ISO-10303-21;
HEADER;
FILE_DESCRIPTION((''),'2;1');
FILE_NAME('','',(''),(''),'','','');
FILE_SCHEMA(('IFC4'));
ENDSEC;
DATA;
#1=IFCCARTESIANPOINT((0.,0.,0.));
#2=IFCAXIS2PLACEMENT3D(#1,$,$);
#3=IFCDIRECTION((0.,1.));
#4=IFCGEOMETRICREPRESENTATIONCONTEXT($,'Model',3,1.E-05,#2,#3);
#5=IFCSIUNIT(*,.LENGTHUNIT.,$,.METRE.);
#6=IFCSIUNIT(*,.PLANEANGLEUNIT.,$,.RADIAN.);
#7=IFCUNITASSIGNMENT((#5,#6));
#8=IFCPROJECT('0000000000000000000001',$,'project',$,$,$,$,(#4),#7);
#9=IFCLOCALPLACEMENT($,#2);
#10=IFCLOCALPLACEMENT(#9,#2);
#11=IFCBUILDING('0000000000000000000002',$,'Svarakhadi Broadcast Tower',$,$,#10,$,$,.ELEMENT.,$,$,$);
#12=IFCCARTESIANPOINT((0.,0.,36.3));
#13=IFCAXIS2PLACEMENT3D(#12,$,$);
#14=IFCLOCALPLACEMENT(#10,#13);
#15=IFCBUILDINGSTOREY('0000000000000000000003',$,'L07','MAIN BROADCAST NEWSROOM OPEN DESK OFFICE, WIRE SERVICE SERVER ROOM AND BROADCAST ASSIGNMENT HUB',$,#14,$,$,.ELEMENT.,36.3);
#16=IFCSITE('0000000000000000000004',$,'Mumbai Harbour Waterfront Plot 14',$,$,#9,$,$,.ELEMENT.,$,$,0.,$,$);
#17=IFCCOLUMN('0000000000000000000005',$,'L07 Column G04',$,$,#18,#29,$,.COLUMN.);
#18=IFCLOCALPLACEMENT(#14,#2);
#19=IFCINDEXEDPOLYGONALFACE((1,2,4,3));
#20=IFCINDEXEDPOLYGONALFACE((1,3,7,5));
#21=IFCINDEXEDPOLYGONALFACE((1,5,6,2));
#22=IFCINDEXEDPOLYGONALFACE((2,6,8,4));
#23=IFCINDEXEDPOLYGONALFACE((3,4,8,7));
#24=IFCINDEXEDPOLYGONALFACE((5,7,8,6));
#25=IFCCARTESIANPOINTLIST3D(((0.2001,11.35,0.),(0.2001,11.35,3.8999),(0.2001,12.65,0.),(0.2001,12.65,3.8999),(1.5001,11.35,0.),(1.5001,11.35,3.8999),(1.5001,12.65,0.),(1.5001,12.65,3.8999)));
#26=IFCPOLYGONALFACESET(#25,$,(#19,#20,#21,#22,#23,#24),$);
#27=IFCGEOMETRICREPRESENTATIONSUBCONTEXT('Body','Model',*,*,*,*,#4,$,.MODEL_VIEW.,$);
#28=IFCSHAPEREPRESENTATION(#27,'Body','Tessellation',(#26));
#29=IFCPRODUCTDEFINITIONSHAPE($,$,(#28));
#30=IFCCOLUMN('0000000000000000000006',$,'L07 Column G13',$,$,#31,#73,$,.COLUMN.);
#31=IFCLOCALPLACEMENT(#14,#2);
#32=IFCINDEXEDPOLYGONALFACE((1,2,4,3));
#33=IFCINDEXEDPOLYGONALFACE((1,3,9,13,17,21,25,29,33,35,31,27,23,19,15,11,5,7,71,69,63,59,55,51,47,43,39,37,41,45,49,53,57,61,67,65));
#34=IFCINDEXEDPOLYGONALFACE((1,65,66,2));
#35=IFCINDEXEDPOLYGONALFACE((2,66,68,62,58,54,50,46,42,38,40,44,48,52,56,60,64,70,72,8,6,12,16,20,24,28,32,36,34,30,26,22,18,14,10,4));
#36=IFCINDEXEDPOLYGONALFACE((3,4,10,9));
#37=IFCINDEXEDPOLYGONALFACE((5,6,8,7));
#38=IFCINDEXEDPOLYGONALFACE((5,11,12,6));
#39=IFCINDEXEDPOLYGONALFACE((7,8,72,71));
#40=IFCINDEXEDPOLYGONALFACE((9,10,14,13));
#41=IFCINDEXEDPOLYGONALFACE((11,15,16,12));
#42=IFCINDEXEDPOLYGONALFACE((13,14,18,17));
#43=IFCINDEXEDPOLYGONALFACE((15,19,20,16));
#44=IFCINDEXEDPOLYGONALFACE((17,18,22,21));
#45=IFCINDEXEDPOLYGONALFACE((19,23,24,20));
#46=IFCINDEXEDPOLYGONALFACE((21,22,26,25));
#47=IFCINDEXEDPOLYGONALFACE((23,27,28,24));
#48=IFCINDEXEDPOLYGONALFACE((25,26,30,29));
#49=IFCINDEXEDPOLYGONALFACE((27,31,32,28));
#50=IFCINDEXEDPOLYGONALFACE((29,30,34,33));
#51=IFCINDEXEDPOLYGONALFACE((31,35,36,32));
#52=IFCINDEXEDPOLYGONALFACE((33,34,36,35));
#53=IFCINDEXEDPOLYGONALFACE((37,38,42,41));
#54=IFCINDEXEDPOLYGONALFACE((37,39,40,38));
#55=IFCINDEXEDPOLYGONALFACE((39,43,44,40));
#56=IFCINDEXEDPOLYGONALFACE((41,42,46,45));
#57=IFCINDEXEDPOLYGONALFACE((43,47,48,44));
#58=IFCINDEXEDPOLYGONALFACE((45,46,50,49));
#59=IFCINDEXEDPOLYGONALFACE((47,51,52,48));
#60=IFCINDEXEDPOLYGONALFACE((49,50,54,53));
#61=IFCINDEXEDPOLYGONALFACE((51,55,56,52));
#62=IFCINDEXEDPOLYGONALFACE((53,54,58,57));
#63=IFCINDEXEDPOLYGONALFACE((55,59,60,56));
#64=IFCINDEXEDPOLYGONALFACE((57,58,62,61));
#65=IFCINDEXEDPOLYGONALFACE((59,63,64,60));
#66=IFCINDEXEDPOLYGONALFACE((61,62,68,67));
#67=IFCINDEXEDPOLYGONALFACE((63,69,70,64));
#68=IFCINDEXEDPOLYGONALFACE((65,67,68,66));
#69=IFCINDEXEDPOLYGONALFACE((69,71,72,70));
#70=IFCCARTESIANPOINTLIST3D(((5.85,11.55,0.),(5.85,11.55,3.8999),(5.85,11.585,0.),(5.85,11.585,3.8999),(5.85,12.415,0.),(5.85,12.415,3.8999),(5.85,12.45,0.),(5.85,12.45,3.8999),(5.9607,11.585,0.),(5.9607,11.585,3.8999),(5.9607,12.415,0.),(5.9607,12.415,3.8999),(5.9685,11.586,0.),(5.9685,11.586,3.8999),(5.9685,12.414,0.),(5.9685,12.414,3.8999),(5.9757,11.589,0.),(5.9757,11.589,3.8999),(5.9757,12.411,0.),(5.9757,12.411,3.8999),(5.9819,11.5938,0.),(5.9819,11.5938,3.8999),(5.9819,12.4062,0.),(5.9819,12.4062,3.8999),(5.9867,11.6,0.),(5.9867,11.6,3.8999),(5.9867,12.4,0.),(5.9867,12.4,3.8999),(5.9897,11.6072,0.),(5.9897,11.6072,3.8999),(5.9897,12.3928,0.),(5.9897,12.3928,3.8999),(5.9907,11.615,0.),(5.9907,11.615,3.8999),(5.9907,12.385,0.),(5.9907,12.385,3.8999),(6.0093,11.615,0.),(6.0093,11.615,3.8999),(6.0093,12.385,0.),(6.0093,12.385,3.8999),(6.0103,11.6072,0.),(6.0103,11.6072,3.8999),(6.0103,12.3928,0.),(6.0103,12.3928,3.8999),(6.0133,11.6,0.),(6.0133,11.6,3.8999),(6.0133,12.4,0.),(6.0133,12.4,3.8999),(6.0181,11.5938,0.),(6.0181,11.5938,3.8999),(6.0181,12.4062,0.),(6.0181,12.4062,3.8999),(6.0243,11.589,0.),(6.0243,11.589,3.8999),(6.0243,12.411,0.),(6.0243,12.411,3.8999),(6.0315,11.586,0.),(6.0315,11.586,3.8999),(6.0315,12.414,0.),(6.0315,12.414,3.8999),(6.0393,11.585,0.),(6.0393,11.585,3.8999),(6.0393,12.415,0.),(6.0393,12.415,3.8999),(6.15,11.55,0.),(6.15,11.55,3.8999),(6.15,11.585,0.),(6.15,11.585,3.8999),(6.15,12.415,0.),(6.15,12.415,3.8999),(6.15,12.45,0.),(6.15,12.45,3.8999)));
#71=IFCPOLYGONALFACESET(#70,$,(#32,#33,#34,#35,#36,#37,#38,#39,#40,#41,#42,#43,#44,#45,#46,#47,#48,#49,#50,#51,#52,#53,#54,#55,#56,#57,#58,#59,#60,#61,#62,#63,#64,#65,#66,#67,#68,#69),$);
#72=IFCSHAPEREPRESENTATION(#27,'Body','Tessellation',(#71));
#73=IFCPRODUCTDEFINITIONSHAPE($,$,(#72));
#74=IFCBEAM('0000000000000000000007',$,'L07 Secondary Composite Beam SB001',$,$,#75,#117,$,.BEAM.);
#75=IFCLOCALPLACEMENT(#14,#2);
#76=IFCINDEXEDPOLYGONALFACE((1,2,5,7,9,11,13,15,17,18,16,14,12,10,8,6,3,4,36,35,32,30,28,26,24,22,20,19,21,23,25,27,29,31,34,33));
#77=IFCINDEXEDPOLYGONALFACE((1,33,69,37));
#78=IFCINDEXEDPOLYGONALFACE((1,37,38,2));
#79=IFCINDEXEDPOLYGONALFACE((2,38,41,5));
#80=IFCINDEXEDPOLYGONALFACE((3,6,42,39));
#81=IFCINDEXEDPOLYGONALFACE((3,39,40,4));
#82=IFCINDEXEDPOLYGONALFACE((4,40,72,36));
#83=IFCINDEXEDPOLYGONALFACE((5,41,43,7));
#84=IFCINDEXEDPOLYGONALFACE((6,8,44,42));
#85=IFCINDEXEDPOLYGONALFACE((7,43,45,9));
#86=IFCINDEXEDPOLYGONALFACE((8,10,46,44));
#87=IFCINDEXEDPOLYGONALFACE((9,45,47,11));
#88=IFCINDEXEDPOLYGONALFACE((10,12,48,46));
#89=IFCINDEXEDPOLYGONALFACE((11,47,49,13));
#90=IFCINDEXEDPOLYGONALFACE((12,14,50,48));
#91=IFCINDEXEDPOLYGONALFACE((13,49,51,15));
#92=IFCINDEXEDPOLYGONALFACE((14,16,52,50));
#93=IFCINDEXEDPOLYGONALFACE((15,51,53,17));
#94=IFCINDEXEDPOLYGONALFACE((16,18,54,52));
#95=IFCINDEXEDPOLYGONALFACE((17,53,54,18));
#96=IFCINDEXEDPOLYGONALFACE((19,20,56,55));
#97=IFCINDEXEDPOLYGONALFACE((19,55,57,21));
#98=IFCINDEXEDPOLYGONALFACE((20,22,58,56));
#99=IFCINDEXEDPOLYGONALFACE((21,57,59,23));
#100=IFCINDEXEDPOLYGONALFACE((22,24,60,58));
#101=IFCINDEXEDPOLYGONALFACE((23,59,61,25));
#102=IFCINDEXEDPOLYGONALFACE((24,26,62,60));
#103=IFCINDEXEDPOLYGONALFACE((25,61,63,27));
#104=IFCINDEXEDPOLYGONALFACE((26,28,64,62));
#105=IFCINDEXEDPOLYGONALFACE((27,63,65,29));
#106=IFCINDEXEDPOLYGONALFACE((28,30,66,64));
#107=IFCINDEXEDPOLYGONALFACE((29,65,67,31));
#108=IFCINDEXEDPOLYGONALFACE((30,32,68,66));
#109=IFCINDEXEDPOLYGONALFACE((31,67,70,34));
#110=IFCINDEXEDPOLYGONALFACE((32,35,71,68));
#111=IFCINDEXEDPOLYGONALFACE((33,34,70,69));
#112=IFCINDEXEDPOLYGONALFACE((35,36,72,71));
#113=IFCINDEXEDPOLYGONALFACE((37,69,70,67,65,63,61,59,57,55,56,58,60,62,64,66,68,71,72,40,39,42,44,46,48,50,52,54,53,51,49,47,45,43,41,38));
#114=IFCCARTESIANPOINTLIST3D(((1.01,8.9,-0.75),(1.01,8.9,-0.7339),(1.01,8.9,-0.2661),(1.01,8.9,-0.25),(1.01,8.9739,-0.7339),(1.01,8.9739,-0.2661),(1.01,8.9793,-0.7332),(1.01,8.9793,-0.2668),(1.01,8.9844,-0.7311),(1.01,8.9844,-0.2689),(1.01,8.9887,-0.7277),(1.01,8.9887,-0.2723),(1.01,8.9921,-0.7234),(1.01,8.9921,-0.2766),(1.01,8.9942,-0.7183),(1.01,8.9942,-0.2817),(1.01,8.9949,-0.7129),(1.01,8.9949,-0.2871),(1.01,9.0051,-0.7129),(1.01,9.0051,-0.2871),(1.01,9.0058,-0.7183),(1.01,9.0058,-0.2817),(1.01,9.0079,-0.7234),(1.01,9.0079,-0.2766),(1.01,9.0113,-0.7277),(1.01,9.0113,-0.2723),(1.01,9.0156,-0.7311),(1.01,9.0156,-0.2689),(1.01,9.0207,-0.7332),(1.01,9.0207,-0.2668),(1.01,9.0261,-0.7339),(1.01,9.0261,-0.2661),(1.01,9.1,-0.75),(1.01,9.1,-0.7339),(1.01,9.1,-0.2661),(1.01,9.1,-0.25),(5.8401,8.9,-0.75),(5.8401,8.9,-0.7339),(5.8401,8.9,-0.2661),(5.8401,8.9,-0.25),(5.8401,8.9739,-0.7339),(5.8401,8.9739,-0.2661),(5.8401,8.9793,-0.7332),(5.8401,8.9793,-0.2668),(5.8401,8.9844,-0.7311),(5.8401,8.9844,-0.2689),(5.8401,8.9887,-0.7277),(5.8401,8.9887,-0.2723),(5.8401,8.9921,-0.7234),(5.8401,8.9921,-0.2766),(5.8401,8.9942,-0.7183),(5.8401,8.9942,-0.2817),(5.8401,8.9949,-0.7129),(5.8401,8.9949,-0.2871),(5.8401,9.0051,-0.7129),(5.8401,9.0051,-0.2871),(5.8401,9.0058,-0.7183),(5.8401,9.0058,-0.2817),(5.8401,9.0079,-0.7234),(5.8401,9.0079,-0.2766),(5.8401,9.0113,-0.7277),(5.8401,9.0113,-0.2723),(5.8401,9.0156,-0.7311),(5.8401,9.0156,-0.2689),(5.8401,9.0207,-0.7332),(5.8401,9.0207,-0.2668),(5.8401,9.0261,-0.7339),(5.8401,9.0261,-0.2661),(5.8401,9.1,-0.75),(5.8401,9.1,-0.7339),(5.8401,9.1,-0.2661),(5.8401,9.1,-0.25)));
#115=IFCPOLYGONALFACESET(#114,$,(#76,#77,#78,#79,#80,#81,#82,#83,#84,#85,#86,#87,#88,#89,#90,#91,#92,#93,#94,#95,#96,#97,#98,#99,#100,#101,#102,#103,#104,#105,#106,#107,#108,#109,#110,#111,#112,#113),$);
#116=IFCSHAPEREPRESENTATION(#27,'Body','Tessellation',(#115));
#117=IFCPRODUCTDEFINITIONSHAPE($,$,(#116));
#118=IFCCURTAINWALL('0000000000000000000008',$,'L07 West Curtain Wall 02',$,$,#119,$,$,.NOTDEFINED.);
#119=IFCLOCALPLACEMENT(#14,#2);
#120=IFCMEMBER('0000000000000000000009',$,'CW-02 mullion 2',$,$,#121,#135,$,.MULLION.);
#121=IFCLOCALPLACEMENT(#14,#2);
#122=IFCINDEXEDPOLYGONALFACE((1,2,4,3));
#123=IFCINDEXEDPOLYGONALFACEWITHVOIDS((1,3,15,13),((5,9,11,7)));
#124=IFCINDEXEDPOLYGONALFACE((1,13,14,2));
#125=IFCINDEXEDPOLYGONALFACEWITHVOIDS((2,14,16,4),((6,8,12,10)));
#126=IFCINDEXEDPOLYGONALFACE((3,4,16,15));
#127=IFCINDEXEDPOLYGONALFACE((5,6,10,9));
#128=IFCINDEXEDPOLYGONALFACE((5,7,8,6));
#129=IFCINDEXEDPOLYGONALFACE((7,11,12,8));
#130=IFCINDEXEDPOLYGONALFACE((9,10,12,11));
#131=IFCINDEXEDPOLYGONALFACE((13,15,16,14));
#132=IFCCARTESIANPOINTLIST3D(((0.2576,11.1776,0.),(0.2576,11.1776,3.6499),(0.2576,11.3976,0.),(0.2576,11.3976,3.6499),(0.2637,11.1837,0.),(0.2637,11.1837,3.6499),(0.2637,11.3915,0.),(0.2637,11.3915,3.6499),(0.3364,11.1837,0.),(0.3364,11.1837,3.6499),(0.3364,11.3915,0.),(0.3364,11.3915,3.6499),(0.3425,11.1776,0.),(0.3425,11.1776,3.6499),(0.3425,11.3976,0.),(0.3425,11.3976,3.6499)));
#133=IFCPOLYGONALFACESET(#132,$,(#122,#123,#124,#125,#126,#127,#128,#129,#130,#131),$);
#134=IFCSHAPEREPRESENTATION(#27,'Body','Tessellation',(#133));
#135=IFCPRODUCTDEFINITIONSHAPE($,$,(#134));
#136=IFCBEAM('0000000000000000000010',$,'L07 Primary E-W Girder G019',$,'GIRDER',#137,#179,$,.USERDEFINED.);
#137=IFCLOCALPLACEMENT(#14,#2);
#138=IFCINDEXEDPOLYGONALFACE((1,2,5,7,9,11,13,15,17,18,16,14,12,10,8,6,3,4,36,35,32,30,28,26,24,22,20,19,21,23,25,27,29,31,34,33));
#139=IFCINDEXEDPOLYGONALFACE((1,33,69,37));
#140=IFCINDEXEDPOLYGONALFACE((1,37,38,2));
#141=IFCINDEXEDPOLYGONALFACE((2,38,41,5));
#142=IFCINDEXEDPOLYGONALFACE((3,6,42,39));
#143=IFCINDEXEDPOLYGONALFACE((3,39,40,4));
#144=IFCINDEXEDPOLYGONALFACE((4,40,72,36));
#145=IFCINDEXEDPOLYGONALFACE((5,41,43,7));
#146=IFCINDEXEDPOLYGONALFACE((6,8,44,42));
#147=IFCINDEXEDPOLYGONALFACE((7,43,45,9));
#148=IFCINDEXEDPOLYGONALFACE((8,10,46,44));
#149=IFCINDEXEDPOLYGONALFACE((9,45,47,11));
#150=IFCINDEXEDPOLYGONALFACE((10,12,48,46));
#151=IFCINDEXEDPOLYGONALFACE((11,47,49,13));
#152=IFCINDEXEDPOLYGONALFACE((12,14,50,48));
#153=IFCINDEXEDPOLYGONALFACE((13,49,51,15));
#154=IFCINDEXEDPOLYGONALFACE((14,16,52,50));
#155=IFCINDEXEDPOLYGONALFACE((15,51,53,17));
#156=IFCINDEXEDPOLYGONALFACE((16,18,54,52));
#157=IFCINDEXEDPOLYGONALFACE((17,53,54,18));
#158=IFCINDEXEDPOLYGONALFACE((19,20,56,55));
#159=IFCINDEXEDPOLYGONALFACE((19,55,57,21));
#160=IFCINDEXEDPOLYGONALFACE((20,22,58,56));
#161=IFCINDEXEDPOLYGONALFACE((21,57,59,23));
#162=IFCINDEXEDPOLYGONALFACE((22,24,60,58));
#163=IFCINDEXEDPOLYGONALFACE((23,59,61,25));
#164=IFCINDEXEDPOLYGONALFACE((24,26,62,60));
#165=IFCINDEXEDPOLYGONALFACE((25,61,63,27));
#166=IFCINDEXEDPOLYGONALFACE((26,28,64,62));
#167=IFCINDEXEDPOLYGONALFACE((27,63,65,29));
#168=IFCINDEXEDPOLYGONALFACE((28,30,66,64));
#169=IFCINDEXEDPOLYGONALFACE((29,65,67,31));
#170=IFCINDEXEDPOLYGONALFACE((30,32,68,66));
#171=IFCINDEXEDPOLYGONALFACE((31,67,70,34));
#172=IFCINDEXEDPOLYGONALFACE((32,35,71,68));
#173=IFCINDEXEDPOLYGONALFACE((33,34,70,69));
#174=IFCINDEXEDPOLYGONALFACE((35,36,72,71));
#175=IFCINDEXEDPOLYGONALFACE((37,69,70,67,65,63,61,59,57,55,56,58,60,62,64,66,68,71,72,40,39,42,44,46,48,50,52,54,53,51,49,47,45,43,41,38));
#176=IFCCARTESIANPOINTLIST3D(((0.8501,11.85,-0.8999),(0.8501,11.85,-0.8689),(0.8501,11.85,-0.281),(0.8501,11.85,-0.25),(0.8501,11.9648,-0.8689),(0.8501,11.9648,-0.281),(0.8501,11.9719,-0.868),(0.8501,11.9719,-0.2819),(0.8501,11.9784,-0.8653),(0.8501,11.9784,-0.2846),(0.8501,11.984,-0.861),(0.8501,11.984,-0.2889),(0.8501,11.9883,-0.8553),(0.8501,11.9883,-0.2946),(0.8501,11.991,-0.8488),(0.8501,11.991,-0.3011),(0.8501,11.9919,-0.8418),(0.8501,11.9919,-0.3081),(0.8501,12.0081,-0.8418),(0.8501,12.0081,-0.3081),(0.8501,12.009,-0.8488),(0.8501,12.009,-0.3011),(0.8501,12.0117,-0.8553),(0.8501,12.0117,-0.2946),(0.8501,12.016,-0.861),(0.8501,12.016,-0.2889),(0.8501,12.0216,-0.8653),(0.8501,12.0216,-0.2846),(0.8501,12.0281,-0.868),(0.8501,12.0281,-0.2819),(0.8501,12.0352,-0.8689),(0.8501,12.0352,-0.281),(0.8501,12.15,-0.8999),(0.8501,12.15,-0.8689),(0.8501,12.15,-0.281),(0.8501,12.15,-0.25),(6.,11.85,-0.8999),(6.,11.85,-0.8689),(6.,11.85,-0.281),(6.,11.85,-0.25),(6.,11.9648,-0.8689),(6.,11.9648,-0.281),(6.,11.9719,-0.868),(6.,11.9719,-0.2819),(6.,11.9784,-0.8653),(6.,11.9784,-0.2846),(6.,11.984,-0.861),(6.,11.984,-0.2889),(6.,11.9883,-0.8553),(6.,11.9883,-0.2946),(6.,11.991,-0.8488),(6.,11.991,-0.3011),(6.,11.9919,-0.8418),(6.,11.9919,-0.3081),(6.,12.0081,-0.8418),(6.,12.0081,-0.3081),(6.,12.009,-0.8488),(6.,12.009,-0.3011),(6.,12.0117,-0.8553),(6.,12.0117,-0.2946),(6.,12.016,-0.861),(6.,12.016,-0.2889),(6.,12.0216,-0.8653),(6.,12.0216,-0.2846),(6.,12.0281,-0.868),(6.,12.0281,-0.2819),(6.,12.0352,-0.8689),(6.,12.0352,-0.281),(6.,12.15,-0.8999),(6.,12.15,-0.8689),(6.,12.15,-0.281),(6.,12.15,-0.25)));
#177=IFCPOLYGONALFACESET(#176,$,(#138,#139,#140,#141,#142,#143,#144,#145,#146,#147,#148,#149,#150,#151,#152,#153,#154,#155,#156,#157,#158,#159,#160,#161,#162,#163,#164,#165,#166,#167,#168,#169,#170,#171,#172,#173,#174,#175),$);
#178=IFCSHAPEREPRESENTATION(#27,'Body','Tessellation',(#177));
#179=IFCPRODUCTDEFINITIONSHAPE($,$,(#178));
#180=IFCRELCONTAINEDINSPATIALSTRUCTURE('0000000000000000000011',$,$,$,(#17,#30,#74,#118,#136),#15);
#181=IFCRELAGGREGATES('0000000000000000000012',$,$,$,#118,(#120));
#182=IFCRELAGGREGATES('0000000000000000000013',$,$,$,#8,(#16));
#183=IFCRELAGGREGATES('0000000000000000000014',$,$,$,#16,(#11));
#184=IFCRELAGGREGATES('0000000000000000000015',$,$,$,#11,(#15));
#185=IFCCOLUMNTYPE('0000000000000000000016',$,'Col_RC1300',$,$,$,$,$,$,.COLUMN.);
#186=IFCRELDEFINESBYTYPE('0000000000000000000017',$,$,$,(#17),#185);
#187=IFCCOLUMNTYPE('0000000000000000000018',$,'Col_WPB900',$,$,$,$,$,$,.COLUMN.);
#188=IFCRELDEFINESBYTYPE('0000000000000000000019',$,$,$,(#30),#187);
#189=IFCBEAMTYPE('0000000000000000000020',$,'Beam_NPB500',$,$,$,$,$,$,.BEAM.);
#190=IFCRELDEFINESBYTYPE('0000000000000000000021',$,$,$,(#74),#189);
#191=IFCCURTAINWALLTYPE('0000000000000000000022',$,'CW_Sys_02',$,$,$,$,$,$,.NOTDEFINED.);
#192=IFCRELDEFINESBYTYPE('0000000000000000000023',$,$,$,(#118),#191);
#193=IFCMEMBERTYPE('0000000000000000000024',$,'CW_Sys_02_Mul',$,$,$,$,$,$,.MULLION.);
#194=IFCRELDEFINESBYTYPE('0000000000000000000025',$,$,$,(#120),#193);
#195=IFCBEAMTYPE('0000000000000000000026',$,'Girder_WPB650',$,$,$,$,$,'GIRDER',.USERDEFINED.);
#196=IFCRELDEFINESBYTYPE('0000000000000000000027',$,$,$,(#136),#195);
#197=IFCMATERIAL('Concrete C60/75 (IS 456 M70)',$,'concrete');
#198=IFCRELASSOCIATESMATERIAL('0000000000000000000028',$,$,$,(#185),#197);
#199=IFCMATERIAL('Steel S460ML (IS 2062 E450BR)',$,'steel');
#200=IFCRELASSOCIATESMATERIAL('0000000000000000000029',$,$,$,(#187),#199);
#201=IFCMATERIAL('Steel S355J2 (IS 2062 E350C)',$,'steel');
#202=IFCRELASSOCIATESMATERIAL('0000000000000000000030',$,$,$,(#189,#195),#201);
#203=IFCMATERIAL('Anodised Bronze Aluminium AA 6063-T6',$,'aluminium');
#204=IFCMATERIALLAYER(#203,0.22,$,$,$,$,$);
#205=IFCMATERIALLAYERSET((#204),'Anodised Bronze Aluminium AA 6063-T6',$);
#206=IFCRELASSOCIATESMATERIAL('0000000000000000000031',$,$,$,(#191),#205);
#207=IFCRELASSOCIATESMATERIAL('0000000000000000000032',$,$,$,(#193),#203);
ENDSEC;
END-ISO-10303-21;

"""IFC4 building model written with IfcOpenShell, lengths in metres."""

from ifc_helpers import new_model, si_unit, direction, frame, origin, origin_2d, place, context, subcontext, project, spatial, rectangle, hollow_rectangle, i_section, extrude, material, layer, layer_set, material_profile, profile_set, type_object, element, aggregate, save


model = new_model("IFC4")

# Units and contexts
model_context = context("Model", 3, precision=1e-05, world=origin(), true_north=direction((0.0, 1.0)))
body_context = subcontext(model_context, "Body", "Model", "MODEL_VIEW")
ifc_project = project(units=[si_unit("LENGTHUNIT", "METRE"), si_unit("PLANEANGLEUNIT", "RADIAN")], contexts=[model_context])

# Site, building, storey
site_placement = place(None, origin())
site = spatial("IfcSite", under=ifc_project, at=site_placement, Name="Mumbai Harbour Waterfront Plot 14", CompositionType="ELEMENT", RefElevation=0.0)
building_placement = place(site_placement, origin())
building = spatial("IfcBuilding", under=site, at=building_placement, Name="Svarakhadi Broadcast Tower", CompositionType="ELEMENT")
storey_placement = place(building_placement, frame((0.0, 0.0, 36.3)))
storey = spatial("IfcBuildingStorey", under=building, at=storey_placement, Name="L07", Description="MAIN BROADCAST NEWSROOM OPEN DESK OFFICE, WIRE SERVICE SERVER ROOM AND BROADCAST ASSIGNMENT HUB", CompositionType="ELEMENT", Elevation=36.3)

# Columns
ifc_material_1 = material(Name="Concrete C60/75 (IS 456 M70)", Category="concrete")
ifc_material_profile_1 = material_profile(ifc_material_1, rectangle(XDim=1.3, YDim=1.3, at=origin_2d()), Name="RC 1300x1300")
ifc_profile_set_1 = profile_set([ifc_material_profile_1], Name="Concrete C60/75 (IS 456 M70)")
column_type_1 = type_object("IfcColumnType", Name="Col_RC1300", PredefinedType="COLUMN", material=ifc_profile_set_1)
column_1_placement = place(storey_placement, frame((0.8501, 12.0, 0.0), z_axis=(0.0, 0.0, 1.0), x_axis=(1.0, 0.0, 0.0)))
element("IfcColumn", 1, at=column_1_placement, inside=storey, type_object=column_type_1, Name="L07 Column G04", PredefinedType="COLUMN", context=body_context, shape_type="SweptSolid", body=[
    extrude(rectangle(XDim=1.3, YDim=1.3, at=origin_2d()), origin(), (0.0, 0.0, 1.0), 3.8999),
])
ifc_material_2 = material(Name="Steel S460ML (IS 2062 E450BR)", Category="steel")
ifc_material_profile_2 = material_profile(ifc_material_2, i_section(OverallWidth=0.3, OverallDepth=0.8999, WebThickness=0.0186, FlangeThickness=0.0349, FilletRadius=0.03, at=origin_2d()), Name="WPB 900x300x291")
ifc_profile_set_2 = profile_set([ifc_material_profile_2], Name="Steel S460ML (IS 2062 E450BR)")
column_type_2 = type_object("IfcColumnType", Name="Col_WPB900", PredefinedType="COLUMN", material=ifc_profile_set_2)
column_2_placement = place(storey_placement, frame((6.0, 12.0, 0.0), z_axis=(0.0, 0.0, 1.0), x_axis=(1.0, 0.0, 0.0)))
element("IfcColumn", 2, at=column_2_placement, inside=storey, type_object=column_type_2, Name="L07 Column G13", PredefinedType="COLUMN", context=body_context, shape_type="SweptSolid", body=[
    extrude(i_section(OverallWidth=0.3, OverallDepth=0.8999, WebThickness=0.0186, FlangeThickness=0.0349, FilletRadius=0.03, at=origin_2d()), origin(), (0.0, 0.0, 1.0), 3.8999),
])

# Beam
ifc_material_3 = material(Name="Steel S355J2 (IS 2062 E350C)", Category="steel")
ifc_material_profile_3 = material_profile(ifc_material_3, i_section(OverallWidth=0.2, OverallDepth=0.5, WebThickness=0.0103, FlangeThickness=0.0161, FilletRadius=0.021, at=origin_2d()), Name="NPB 500x200x91")
ifc_profile_set_3 = profile_set([ifc_material_profile_3], Name="Steel S355J2 (IS 2062 E350C)")
beam_type_1 = type_object("IfcBeamType", Name="Beam_NPB500", PredefinedType="BEAM", material=ifc_profile_set_3)
beam_1_placement = place(storey_placement, frame((1.01, 9.0, -0.5), z_axis=(1.0, 0.0, 0.0), x_axis=(0.0, 1.0, 0.0)))
element("IfcBeam", 3, at=beam_1_placement, inside=storey, type_object=beam_type_1, Name="L07 Secondary Composite Beam SB001", PredefinedType="BEAM", context=body_context, shape_type="SweptSolid", body=[
    extrude(i_section(OverallWidth=0.2, OverallDepth=0.5, WebThickness=0.0103, FlangeThickness=0.0161, FilletRadius=0.021, at=origin_2d()), origin(), (0.0, 0.0, 1.0), 4.8301),
])

# Curtain wall, member
ifc_material_4 = material(Name="Anodised Bronze Aluminium AA 6063-T6", Category="aluminium")
ifc_layer_1 = layer(ifc_material_4, 0.22)
ifc_layer_set_1 = layer_set([ifc_layer_1], Name="Anodised Bronze Aluminium AA 6063-T6")
curtain_wall_type = type_object("IfcCurtainWallType", Name="CW_Sys_02", PredefinedType="NOTDEFINED", material=ifc_layer_set_1)
curtain_wall_placement = place(storey_placement, origin())
curtain_wall = element("IfcCurtainWall", 4, at=curtain_wall_placement, inside=storey, type_object=curtain_wall_type, Name="L07 West Curtain Wall 02", PredefinedType="NOTDEFINED")
ifc_material_profile_4 = material_profile(ifc_material_4, hollow_rectangle(XDim=0.085, YDim=0.22, WallThickness=0.0061, at=origin_2d()), Name="ALU MULLION 220x85x6")
ifc_profile_set_4 = profile_set([ifc_material_profile_4], Name="Anodised Bronze Aluminium AA 6063-T6")
member_type = type_object("IfcMemberType", Name="CW_Sys_02_Mul", PredefinedType="MULLION", material=ifc_profile_set_4)
member_placement = place(storey_placement, frame((0.3, 11.2876, 0.0), z_axis=(0.0, 0.0, 1.0), x_axis=(-1.0, 0.0, 0.0)))
member = element("IfcMember", 5, at=member_placement, type_object=member_type, Name="CW-02 mullion 2", PredefinedType="MULLION", context=body_context, shape_type="SweptSolid", body=[
    extrude(hollow_rectangle(XDim=0.085, YDim=0.22, WallThickness=0.0061, at=origin_2d()), origin(), (0.0, 0.0, 1.0), 3.6499),
])
aggregate(curtain_wall, [member])

# Beam
ifc_material_profile_5 = material_profile(ifc_material_3, i_section(OverallWidth=0.3, OverallDepth=0.6499, WebThickness=0.0161, FlangeThickness=0.031, FilletRadius=0.0271, at=origin_2d()), Name="WPB 650x300x225")
ifc_profile_set_5 = profile_set([ifc_material_profile_5], Name="Steel S355J2 (IS 2062 E350C)")
beam_type_2 = type_object("IfcBeamType", Name="Girder_WPB650", ElementType="GIRDER", PredefinedType="USERDEFINED", material=ifc_profile_set_5)
beam_2_placement = place(storey_placement, frame((0.8501, 12.0, -0.575), z_axis=(1.0, 0.0, 0.0), x_axis=(0.0, 1.0, 0.0)))
element("IfcBeam", 6, at=beam_2_placement, inside=storey, type_object=beam_type_2, Name="L07 Primary E-W Girder G019", ObjectType="GIRDER", PredefinedType="USERDEFINED", context=body_context, shape_type="SweptSolid", body=[
    extrude(i_section(OverallWidth=0.3, OverallDepth=0.6499, WebThickness=0.0161, FlangeThickness=0.031, FilletRadius=0.0271, at=origin_2d()), origin(), (0.0, 0.0, 1.0), 5.1499),
])

save(model, "model.ifc")
